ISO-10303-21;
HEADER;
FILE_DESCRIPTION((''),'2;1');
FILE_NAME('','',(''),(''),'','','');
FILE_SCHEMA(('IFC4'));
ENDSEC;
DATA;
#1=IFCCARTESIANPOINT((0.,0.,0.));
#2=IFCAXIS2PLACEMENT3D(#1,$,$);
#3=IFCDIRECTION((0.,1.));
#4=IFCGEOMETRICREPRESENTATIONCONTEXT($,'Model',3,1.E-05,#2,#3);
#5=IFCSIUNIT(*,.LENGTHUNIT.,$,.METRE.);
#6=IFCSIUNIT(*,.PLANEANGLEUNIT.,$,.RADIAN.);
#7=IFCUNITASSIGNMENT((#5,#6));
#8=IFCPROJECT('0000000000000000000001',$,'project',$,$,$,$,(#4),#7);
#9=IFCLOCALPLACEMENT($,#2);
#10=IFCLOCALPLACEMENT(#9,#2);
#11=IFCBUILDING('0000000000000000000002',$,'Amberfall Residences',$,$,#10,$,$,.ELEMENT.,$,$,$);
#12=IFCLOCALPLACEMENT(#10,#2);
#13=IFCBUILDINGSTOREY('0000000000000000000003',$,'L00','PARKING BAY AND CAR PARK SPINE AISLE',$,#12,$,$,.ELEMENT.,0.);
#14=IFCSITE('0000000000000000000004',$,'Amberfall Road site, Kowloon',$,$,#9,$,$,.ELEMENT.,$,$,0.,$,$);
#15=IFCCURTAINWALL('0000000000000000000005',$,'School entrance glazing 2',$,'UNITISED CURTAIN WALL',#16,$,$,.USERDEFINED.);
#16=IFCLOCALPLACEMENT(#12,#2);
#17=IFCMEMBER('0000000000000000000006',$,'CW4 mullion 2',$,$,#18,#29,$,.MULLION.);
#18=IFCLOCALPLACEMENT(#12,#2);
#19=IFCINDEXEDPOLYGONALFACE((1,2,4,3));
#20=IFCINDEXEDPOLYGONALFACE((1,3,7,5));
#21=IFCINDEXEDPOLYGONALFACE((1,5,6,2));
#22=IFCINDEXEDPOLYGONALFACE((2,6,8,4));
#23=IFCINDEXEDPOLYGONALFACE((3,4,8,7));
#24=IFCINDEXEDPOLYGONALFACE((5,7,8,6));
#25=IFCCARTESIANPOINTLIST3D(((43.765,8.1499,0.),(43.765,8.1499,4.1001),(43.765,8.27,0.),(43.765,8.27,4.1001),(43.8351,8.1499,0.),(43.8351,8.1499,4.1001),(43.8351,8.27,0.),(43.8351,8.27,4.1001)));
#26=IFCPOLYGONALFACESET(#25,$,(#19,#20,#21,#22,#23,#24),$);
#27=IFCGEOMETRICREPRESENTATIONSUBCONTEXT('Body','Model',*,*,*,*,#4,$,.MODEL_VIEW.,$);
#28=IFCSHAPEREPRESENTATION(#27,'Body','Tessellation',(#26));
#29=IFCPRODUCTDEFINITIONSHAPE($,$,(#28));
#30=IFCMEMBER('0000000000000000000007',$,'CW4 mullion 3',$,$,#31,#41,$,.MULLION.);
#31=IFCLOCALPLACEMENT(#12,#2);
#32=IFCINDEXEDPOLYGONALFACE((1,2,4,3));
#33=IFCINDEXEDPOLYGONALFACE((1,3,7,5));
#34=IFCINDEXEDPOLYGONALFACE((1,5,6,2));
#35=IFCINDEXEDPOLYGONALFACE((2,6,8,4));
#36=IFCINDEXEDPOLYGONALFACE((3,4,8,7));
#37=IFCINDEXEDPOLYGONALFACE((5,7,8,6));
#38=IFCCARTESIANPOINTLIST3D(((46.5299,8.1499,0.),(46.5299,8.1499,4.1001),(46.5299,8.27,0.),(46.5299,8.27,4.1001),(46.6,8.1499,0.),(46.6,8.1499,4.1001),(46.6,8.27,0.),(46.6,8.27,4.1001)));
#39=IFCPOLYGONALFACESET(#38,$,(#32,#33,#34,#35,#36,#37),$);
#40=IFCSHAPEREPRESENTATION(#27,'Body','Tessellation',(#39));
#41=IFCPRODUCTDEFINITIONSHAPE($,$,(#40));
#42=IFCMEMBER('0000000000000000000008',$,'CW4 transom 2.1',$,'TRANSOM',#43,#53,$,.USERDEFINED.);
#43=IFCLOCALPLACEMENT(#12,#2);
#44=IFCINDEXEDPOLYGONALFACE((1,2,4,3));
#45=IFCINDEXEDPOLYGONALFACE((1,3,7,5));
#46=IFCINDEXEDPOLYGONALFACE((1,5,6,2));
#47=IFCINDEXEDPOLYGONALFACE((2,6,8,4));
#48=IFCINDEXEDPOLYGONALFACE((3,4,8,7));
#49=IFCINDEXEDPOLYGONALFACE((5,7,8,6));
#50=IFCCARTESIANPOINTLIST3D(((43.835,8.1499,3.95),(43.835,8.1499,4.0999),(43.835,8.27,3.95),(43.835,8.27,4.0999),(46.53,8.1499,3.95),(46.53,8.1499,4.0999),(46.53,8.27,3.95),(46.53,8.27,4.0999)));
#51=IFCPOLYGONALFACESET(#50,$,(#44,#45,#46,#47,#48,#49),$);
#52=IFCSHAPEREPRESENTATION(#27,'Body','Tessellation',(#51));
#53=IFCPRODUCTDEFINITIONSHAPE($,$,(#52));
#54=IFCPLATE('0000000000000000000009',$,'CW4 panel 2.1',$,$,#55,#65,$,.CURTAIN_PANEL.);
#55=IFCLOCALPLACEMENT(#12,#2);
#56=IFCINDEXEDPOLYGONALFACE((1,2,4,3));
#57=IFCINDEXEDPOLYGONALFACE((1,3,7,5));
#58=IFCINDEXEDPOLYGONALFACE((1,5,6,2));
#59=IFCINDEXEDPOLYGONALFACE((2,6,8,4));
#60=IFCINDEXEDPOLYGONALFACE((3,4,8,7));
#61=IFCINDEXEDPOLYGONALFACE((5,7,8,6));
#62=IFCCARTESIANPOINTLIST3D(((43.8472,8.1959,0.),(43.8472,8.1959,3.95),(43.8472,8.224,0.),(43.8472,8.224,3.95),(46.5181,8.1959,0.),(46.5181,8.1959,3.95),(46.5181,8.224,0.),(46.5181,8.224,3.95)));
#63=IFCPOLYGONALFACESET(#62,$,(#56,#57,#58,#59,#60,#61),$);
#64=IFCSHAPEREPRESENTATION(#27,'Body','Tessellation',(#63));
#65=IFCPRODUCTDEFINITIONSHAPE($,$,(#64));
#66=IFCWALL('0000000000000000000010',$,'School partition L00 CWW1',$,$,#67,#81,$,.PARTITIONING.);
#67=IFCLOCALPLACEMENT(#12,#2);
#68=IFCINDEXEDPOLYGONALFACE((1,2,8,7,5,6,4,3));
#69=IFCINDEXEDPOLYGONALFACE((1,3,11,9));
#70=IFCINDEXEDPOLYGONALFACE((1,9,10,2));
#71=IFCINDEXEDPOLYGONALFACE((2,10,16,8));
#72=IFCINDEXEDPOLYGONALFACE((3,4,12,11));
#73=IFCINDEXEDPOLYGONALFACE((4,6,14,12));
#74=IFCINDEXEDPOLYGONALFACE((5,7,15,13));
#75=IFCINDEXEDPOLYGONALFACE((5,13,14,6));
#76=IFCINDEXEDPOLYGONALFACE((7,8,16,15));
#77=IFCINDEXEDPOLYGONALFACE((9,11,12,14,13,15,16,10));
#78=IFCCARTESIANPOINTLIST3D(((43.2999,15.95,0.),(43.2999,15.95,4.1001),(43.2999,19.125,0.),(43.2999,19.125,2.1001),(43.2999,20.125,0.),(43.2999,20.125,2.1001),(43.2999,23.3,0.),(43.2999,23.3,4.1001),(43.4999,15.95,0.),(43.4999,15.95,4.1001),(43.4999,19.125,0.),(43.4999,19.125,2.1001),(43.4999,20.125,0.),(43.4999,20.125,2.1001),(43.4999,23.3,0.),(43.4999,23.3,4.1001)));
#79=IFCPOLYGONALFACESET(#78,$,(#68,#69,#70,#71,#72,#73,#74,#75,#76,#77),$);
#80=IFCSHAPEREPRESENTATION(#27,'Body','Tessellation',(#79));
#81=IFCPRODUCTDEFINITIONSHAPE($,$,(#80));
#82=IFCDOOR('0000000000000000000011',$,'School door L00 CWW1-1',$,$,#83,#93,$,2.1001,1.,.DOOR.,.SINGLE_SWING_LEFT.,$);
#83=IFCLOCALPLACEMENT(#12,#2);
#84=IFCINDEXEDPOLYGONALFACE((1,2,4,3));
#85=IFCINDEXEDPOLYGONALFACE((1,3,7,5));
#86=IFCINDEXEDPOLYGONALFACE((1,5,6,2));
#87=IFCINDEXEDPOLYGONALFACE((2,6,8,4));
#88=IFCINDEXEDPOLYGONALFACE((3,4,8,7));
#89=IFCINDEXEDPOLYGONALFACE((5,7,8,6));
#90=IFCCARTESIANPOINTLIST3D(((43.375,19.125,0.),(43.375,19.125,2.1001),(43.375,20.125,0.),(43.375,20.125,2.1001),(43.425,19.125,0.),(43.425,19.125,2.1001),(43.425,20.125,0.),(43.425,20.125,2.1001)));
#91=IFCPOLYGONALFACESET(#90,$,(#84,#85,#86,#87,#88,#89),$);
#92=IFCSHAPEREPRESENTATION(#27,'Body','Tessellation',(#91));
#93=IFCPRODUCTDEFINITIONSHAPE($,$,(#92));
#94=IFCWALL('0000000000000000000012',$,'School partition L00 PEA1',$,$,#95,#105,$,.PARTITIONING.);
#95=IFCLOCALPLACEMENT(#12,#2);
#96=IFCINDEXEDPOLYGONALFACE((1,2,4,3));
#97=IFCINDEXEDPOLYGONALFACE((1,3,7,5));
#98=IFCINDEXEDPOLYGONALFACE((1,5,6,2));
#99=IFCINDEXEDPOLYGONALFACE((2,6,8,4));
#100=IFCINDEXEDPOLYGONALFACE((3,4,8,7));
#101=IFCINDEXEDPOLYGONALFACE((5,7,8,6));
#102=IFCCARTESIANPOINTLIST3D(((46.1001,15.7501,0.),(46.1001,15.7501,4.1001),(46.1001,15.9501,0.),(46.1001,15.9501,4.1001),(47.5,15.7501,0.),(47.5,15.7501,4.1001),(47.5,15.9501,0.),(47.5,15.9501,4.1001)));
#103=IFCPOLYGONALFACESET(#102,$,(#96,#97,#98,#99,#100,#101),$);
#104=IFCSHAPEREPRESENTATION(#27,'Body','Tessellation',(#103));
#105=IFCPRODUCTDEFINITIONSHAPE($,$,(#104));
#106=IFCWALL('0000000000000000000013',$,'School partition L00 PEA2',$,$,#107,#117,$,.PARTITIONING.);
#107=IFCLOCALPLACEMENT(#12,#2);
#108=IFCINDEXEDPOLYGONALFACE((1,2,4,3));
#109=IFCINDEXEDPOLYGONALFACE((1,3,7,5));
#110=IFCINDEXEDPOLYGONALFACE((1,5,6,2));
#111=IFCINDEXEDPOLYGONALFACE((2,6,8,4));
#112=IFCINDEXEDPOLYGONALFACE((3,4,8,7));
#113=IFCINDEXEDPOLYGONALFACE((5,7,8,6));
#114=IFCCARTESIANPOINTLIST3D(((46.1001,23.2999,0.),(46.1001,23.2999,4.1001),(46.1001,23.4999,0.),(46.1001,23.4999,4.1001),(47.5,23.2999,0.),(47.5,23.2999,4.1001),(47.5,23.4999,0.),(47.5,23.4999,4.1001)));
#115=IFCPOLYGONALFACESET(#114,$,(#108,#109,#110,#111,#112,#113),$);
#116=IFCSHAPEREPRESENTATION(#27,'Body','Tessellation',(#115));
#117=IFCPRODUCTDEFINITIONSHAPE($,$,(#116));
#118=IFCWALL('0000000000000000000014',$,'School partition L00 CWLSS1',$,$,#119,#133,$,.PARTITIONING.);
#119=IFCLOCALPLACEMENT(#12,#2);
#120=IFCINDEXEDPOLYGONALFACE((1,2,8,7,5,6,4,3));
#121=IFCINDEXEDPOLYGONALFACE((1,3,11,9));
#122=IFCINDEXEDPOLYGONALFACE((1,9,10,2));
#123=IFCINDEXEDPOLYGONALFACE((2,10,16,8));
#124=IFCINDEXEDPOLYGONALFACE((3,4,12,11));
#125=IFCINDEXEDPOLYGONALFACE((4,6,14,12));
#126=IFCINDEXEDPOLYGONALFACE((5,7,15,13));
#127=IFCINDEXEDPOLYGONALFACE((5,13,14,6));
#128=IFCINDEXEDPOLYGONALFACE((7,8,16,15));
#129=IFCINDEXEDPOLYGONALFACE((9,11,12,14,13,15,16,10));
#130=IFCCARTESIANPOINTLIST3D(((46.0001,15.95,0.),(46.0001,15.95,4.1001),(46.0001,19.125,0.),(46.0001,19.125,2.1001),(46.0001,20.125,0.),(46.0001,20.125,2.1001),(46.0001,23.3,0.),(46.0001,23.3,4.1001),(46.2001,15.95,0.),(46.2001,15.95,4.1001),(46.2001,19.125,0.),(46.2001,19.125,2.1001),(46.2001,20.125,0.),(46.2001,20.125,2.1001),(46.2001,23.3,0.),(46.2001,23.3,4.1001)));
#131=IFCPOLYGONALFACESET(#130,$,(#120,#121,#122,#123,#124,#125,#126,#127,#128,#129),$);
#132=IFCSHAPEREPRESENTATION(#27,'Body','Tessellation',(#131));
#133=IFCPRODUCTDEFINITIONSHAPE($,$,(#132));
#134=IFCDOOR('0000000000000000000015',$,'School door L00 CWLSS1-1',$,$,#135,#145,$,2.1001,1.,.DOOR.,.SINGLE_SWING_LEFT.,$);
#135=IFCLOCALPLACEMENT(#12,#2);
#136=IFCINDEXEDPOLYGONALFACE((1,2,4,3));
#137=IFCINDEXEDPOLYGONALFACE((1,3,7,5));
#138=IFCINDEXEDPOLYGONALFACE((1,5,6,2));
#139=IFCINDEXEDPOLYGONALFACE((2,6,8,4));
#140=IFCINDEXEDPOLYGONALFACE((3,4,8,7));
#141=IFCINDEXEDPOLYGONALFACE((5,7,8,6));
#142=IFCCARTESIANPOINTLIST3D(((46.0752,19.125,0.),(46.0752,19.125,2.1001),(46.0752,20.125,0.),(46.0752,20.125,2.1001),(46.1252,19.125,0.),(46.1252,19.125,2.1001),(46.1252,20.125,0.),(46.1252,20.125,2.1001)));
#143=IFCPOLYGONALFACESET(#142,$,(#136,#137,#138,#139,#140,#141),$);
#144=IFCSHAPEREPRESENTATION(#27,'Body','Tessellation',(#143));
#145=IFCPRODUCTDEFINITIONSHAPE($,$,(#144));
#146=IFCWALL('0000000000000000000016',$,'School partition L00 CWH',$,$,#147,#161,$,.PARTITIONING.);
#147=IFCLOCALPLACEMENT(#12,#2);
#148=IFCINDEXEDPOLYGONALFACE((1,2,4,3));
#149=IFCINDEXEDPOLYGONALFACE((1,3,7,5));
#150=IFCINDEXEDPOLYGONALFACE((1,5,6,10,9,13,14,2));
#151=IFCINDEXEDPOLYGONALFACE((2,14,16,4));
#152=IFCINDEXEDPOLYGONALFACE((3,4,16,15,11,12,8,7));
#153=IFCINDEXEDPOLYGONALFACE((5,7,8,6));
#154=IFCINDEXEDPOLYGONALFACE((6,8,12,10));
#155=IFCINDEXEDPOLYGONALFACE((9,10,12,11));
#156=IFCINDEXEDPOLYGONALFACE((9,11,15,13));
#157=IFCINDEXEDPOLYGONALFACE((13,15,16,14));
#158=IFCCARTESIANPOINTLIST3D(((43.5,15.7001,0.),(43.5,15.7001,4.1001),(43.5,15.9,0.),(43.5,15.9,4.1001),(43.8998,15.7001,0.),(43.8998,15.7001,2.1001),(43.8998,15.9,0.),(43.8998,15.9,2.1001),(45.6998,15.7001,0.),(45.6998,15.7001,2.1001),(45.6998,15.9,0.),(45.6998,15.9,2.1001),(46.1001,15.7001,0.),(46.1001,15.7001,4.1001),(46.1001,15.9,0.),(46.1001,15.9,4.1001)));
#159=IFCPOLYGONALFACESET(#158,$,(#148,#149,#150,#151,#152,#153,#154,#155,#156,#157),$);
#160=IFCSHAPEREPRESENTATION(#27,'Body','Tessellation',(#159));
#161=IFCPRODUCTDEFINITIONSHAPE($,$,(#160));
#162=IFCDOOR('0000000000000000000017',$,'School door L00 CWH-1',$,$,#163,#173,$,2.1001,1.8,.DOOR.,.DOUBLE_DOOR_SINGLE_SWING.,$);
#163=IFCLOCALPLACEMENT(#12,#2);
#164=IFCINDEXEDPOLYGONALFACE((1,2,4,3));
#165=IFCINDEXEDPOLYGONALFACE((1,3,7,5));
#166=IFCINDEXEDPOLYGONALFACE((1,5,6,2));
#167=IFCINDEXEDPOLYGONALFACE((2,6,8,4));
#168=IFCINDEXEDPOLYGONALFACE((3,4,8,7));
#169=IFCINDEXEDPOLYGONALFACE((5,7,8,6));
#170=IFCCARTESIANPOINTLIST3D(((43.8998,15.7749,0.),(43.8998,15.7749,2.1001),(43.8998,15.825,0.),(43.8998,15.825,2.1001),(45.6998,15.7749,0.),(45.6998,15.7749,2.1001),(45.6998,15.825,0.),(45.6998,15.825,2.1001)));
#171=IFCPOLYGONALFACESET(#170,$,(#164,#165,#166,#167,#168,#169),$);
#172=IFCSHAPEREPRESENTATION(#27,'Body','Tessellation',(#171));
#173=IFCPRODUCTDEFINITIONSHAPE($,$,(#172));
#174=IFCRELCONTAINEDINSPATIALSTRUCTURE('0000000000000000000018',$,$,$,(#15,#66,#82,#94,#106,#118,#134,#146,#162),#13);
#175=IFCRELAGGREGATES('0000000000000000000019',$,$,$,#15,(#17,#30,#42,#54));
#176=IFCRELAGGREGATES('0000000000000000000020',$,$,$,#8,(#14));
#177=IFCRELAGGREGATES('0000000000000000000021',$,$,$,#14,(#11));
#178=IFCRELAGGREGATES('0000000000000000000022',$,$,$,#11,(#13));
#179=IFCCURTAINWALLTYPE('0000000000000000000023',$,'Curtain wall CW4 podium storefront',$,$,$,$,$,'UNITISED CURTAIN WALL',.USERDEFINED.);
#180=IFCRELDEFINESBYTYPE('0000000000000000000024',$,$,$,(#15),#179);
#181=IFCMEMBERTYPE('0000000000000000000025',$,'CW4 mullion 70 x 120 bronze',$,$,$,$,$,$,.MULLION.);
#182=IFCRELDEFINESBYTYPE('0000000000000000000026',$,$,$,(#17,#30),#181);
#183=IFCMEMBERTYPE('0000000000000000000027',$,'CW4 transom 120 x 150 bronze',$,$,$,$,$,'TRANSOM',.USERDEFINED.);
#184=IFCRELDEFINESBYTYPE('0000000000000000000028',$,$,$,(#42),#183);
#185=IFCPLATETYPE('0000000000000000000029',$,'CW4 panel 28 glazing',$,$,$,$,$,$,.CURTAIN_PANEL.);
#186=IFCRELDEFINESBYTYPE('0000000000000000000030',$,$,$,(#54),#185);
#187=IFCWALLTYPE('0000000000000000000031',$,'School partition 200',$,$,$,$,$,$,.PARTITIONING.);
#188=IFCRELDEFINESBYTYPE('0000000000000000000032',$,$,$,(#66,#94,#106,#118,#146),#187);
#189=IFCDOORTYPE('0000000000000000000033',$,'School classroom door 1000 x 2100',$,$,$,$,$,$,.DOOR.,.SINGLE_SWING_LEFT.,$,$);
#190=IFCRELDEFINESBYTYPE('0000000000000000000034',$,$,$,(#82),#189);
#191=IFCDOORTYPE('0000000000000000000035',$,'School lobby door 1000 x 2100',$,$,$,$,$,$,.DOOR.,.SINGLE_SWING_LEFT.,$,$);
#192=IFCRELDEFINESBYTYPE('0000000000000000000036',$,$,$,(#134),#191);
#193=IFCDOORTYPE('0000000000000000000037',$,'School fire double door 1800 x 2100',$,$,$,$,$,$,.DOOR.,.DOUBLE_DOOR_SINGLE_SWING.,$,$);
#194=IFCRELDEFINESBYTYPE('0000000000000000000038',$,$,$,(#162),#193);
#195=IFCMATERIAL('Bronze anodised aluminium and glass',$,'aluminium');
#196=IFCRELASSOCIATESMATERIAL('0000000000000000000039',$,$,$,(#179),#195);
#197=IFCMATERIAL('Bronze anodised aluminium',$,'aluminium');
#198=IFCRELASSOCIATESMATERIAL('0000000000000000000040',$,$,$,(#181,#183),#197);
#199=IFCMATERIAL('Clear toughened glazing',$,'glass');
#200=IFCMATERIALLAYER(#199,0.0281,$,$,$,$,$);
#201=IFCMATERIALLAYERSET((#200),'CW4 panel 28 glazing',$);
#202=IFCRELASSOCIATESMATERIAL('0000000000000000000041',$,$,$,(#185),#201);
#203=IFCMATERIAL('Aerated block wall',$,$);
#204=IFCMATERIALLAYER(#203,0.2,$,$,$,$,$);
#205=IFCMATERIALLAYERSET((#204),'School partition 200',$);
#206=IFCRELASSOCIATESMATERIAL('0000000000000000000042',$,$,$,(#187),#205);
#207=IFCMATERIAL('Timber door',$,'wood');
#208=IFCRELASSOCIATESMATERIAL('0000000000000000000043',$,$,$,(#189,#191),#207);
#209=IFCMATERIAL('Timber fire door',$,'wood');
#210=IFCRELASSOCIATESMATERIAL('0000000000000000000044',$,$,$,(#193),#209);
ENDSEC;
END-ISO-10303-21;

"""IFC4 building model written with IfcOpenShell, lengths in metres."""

from ifc_helpers import new_model, si_unit, direction, frame, frame_2d, origin, origin_2d, place, context, subcontext, project, spatial, rectangle, extrude, material, layer, layer_set, material_profile, profile_set, type_object, element, fill, aggregate, save


model = new_model("IFC4")

# Units and contexts
model_context = context("Model", 3, precision=1e-05, world=origin(), true_north=direction((0.0, 1.0)))
body_context = subcontext(model_context, "Body", "Model", "MODEL_VIEW")
ifc_project = project(units=[si_unit("LENGTHUNIT", "METRE"), si_unit("PLANEANGLEUNIT", "RADIAN")], contexts=[model_context])

# Site, building, storey
site_placement = place(None, origin())
site = spatial("IfcSite", under=ifc_project, at=site_placement, Name="Amberfall Road site, Kowloon", CompositionType="ELEMENT", RefElevation=0.0)
building_placement = place(site_placement, origin())
building = spatial("IfcBuilding", under=site, at=building_placement, Name="Amberfall Residences", CompositionType="ELEMENT")
storey_placement = place(building_placement, origin())
storey = spatial("IfcBuildingStorey", under=building, at=storey_placement, Name="L00", Description="PARKING BAY AND CAR PARK SPINE AISLE", CompositionType="ELEMENT", Elevation=0.0)

# Curtain wall, members, plate
ifc_material_1 = material(Name="Bronze anodised aluminium and glass", Category="aluminium")
curtain_wall_type = type_object("IfcCurtainWallType", Name="Curtain wall CW4 podium storefront", ElementType="UNITISED CURTAIN WALL", PredefinedType="USERDEFINED", material=ifc_material_1)
curtain_wall_placement = place(storey_placement, origin())
curtain_wall = element("IfcCurtainWall", 1, at=curtain_wall_placement, inside=storey, type_object=curtain_wall_type, Name="School entrance glazing 2", ObjectType="UNITISED CURTAIN WALL", PredefinedType="USERDEFINED")
ifc_material_2 = material(Name="Bronze anodised aluminium", Category="aluminium")
ifc_material_profile_1 = material_profile(ifc_material_2, rectangle(XDim=0.1201, YDim=0.0701, at=origin_2d()), Name="CW4 mullion 70 x 120 bronze")
ifc_profile_set_1 = profile_set([ifc_material_profile_1], Name="Bronze anodised aluminium")
member_type_1 = type_object("IfcMemberType", Name="CW4 mullion 70 x 120 bronze", PredefinedType="MULLION", material=ifc_profile_set_1)
member_1_placement = place(storey_placement, frame((43.8, 8.21, 0.0), z_axis=(0.0, 0.0, 1.0), x_axis=(0.0, 1.0, 0.0)))
member_1 = element("IfcMember", 2, at=member_1_placement, type_object=member_type_1, Name="CW4 mullion 2", PredefinedType="MULLION", context=body_context, shape_type="SweptSolid", body=[
    extrude(rectangle(XDim=0.1201, YDim=0.0701, at=origin_2d()), origin(), (0.0, 0.0, 1.0), 4.1001),
])
member_2_placement = place(storey_placement, frame((46.5649, 8.21, 0.0), z_axis=(0.0, 0.0, 1.0), x_axis=(0.0, 1.0, 0.0)))
member_2 = element("IfcMember", 3, at=member_2_placement, type_object=member_type_1, Name="CW4 mullion 3", PredefinedType="MULLION", context=body_context, shape_type="SweptSolid", body=[
    extrude(rectangle(XDim=0.1201, YDim=0.0701, at=origin_2d()), origin(), (0.0, 0.0, 1.0), 4.1001),
])
ifc_material_profile_2 = material_profile(ifc_material_2, rectangle(XDim=0.1201, YDim=0.1499, at=origin_2d()), Name="CW4 transom 120 x 150 bronze")
ifc_profile_set_2 = profile_set([ifc_material_profile_2], Name="Bronze anodised aluminium")
member_type_2 = type_object("IfcMemberType", Name="CW4 transom 120 x 150 bronze", ElementType="TRANSOM", PredefinedType="USERDEFINED", material=ifc_profile_set_2)
member_3_placement = place(storey_placement, frame((43.835, 8.21, 4.0249), z_axis=(1.0, 0.0, 0.0), x_axis=(0.0, 1.0, 0.0)))
member_3 = element("IfcMember", 4, at=member_3_placement, type_object=member_type_2, Name="CW4 transom 2.1", ObjectType="TRANSOM", PredefinedType="USERDEFINED", context=body_context, shape_type="SweptSolid", body=[
    extrude(rectangle(XDim=0.1201, YDim=0.1499, at=origin_2d()), origin(), (0.0, 0.0, 1.0), 2.6951),
])
ifc_material_3 = material(Name="Clear toughened glazing", Category="glass")
ifc_layer_1 = layer(ifc_material_3, 0.0281)
ifc_layer_set_1 = layer_set([ifc_layer_1], Name="CW4 panel 28 glazing")
plate_type = type_object("IfcPlateType", Name="CW4 panel 28 glazing", PredefinedType="CURTAIN_PANEL", material=ifc_layer_set_1)
plate_placement = place(storey_placement, frame((45.1826, 8.21, 0.0), z_axis=(0.0, 0.0, 1.0), x_axis=(1.0, 0.0, 0.0)))
plate = element("IfcPlate", 5, at=plate_placement, type_object=plate_type, Name="CW4 panel 2.1", PredefinedType="CURTAIN_PANEL", context=body_context, shape_type="SweptSolid", body=[
    extrude(rectangle(XDim=2.6709, YDim=0.0281, at=origin_2d()), origin(), (0.0, 0.0, 1.0), 3.95),
])
aggregate(curtain_wall, [member_1, member_2, member_3, plate])

# Wall, opening, door
ifc_material_4 = material(Name="Aerated block wall")
ifc_layer_2 = layer(ifc_material_4, 0.2)
ifc_layer_set_2 = layer_set([ifc_layer_2], Name="School partition 200")
wall_type_1 = type_object("IfcWallType", Name="School partition 200", PredefinedType="PARTITIONING", material=ifc_layer_set_2)
wall_1_placement = place(storey_placement, frame((43.3999, 15.95, 0.0), z_axis=(0.0, 0.0, 1.0), x_axis=(0.0, 1.0, 0.0)))
wall_1 = element("IfcWall", 6, at=wall_1_placement, inside=storey, type_object=wall_type_1, Name="School partition L00 CWW1", PredefinedType="PARTITIONING", context=body_context, shape_type="SweptSolid", body=[
    extrude(rectangle(XDim=7.3501, YDim=0.2, at=frame_2d((3.675, 0.0))), origin(), (0.0, 0.0, 1.0), 4.1001),
])
opening_1_placement = place(wall_1_placement, frame((3.175, 0.0, 0.0)))
opening_1 = element("IfcOpeningElement", 7, at=opening_1_placement, cuts=wall_1, PredefinedType="OPENING", context=body_context, shape_type="SweptSolid", body=[
    extrude(rectangle(XDim=1.0, YDim=2.1001, at=frame_2d((0.5, 1.05))), frame((0.0, 0.1099, 0.0), z_axis=(0.0, -1.0, 0.0), x_axis=(1.0, 0.0, 0.0)), (0.0, 0.0, 1.0), 0.22),
])
ifc_material_5 = material(Name="Timber door", Category="wood")
door_type_1 = type_object("IfcDoorType", Name="School classroom door 1000 x 2100", OperationType="SINGLE_SWING_LEFT", PredefinedType="DOOR", material=ifc_material_5)
door_1_placement = place(opening_1_placement, origin())
door_1 = element("IfcDoor", 8, at=door_1_placement, inside=storey, type_object=door_type_1, Name="School door L00 CWW1-1", OperationType="SINGLE_SWING_LEFT", OverallHeight=2.1001, OverallWidth=1.0, PredefinedType="DOOR", context=body_context, shape_type="SweptSolid", body=[
    extrude(rectangle(XDim=1.0, YDim=2.1001, at=frame_2d((0.5, 1.05))), frame((0.0, 0.0249, 0.0), z_axis=(0.0, -1.0, 0.0), x_axis=(1.0, 0.0, 0.0)), (0.0, 0.0, 1.0), 0.05),
])
fill(opening_1, door_1)

# Walls
for number, where, z_axis, x_axis, name in (
    (9, (46.1001, 15.8501, 0.0), (0.0, 0.0, 1.0), (1.0, 0.0, 0.0), "School partition L00 PEA1"),
    (10, (46.1001, 23.3999, 0.0), (0.0, 0.0, 1.0), (1.0, 0.0, 0.0), "School partition L00 PEA2"),
):
    element("IfcWall", number, at=place(storey_placement, frame(where, z_axis=z_axis, x_axis=x_axis)), inside=storey, type_object=wall_type_1, Name=name, PredefinedType="PARTITIONING", context=body_context, shape_type="SweptSolid", body=[
        extrude(rectangle(XDim=1.3999, YDim=0.2, at=frame_2d((0.7, 0.0))), origin(), (0.0, 0.0, 1.0), 4.1001),
    ])

# Walls, openings, doors
wall_2_placement = place(storey_placement, frame((46.1001, 15.95, 0.0), z_axis=(0.0, 0.0, 1.0), x_axis=(0.0, 1.0, 0.0)))
wall_2 = element("IfcWall", 11, at=wall_2_placement, inside=storey, type_object=wall_type_1, Name="School partition L00 CWLSS1", PredefinedType="PARTITIONING", context=body_context, shape_type="SweptSolid", body=[
    extrude(rectangle(XDim=7.3501, YDim=0.2, at=frame_2d((3.675, 0.0))), origin(), (0.0, 0.0, 1.0), 4.1001),
])
opening_2_placement = place(wall_2_placement, frame((3.175, 0.0, 0.0)))
opening_2 = element("IfcOpeningElement", 12, at=opening_2_placement, cuts=wall_2, PredefinedType="OPENING", context=body_context, shape_type="SweptSolid", body=[
    extrude(rectangle(XDim=1.0, YDim=2.1001, at=frame_2d((0.5, 1.05))), frame((0.0, 0.1099, 0.0), z_axis=(0.0, -1.0, 0.0), x_axis=(1.0, 0.0, 0.0)), (0.0, 0.0, 1.0), 0.22),
])
door_type_2 = type_object("IfcDoorType", Name="School lobby door 1000 x 2100", OperationType="SINGLE_SWING_LEFT", PredefinedType="DOOR", material=ifc_material_5)
door_2_placement = place(opening_2_placement, origin())
door_2 = element("IfcDoor", 13, at=door_2_placement, inside=storey, type_object=door_type_2, Name="School door L00 CWLSS1-1", OperationType="SINGLE_SWING_LEFT", OverallHeight=2.1001, OverallWidth=1.0, PredefinedType="DOOR", context=body_context, shape_type="SweptSolid", body=[
    extrude(rectangle(XDim=1.0, YDim=2.1001, at=frame_2d((0.5, 1.05))), frame((0.0, 0.0249, 0.0), z_axis=(0.0, -1.0, 0.0), x_axis=(1.0, 0.0, 0.0)), (0.0, 0.0, 1.0), 0.05),
])
fill(opening_2, door_2)
wall_3_placement = place(storey_placement, frame((43.5, 15.8, 0.0), z_axis=(0.0, 0.0, 1.0), x_axis=(1.0, 0.0, 0.0)))
wall_3 = element("IfcWall", 14, at=wall_3_placement, inside=storey, type_object=wall_type_1, Name="School partition L00 CWH", PredefinedType="PARTITIONING", context=body_context, shape_type="SweptSolid", body=[
    extrude(rectangle(XDim=2.6001, YDim=0.2, at=frame_2d((1.3, 0.0))), origin(), (0.0, 0.0, 1.0), 4.1001),
])
opening_3_placement = place(wall_3_placement, frame((0.3999, 0.0, 0.0)))
opening_3 = element("IfcOpeningElement", 15, at=opening_3_placement, cuts=wall_3, PredefinedType="OPENING", context=body_context, shape_type="SweptSolid", body=[
    extrude(rectangle(XDim=1.8, YDim=2.1001, at=frame_2d((0.8999, 1.05))), frame((0.0, 0.1099, 0.0), z_axis=(0.0, -1.0, 0.0), x_axis=(1.0, 0.0, 0.0)), (0.0, 0.0, 1.0), 0.22),
])
ifc_material_6 = material(Name="Timber fire door", Category="wood")
door_type_3 = type_object("IfcDoorType", Name="School fire double door 1800 x 2100", OperationType="DOUBLE_DOOR_SINGLE_SWING", PredefinedType="DOOR", material=ifc_material_6)
door_3_placement = place(opening_3_placement, origin())
door_3 = element("IfcDoor", 16, at=door_3_placement, inside=storey, type_object=door_type_3, Name="School door L00 CWH-1", OperationType="DOUBLE_DOOR_SINGLE_SWING", OverallHeight=2.1001, OverallWidth=1.8, PredefinedType="DOOR", context=body_context, shape_type="SweptSolid", body=[
    extrude(rectangle(XDim=1.8, YDim=2.1001, at=frame_2d((0.8999, 1.05))), frame((0.0, 0.0249, 0.0), z_axis=(0.0, -1.0, 0.0), x_axis=(1.0, 0.0, 0.0)), (0.0, 0.0, 1.0), 0.05),
])
fill(opening_3, door_3)

save(model, "model.ifc")
